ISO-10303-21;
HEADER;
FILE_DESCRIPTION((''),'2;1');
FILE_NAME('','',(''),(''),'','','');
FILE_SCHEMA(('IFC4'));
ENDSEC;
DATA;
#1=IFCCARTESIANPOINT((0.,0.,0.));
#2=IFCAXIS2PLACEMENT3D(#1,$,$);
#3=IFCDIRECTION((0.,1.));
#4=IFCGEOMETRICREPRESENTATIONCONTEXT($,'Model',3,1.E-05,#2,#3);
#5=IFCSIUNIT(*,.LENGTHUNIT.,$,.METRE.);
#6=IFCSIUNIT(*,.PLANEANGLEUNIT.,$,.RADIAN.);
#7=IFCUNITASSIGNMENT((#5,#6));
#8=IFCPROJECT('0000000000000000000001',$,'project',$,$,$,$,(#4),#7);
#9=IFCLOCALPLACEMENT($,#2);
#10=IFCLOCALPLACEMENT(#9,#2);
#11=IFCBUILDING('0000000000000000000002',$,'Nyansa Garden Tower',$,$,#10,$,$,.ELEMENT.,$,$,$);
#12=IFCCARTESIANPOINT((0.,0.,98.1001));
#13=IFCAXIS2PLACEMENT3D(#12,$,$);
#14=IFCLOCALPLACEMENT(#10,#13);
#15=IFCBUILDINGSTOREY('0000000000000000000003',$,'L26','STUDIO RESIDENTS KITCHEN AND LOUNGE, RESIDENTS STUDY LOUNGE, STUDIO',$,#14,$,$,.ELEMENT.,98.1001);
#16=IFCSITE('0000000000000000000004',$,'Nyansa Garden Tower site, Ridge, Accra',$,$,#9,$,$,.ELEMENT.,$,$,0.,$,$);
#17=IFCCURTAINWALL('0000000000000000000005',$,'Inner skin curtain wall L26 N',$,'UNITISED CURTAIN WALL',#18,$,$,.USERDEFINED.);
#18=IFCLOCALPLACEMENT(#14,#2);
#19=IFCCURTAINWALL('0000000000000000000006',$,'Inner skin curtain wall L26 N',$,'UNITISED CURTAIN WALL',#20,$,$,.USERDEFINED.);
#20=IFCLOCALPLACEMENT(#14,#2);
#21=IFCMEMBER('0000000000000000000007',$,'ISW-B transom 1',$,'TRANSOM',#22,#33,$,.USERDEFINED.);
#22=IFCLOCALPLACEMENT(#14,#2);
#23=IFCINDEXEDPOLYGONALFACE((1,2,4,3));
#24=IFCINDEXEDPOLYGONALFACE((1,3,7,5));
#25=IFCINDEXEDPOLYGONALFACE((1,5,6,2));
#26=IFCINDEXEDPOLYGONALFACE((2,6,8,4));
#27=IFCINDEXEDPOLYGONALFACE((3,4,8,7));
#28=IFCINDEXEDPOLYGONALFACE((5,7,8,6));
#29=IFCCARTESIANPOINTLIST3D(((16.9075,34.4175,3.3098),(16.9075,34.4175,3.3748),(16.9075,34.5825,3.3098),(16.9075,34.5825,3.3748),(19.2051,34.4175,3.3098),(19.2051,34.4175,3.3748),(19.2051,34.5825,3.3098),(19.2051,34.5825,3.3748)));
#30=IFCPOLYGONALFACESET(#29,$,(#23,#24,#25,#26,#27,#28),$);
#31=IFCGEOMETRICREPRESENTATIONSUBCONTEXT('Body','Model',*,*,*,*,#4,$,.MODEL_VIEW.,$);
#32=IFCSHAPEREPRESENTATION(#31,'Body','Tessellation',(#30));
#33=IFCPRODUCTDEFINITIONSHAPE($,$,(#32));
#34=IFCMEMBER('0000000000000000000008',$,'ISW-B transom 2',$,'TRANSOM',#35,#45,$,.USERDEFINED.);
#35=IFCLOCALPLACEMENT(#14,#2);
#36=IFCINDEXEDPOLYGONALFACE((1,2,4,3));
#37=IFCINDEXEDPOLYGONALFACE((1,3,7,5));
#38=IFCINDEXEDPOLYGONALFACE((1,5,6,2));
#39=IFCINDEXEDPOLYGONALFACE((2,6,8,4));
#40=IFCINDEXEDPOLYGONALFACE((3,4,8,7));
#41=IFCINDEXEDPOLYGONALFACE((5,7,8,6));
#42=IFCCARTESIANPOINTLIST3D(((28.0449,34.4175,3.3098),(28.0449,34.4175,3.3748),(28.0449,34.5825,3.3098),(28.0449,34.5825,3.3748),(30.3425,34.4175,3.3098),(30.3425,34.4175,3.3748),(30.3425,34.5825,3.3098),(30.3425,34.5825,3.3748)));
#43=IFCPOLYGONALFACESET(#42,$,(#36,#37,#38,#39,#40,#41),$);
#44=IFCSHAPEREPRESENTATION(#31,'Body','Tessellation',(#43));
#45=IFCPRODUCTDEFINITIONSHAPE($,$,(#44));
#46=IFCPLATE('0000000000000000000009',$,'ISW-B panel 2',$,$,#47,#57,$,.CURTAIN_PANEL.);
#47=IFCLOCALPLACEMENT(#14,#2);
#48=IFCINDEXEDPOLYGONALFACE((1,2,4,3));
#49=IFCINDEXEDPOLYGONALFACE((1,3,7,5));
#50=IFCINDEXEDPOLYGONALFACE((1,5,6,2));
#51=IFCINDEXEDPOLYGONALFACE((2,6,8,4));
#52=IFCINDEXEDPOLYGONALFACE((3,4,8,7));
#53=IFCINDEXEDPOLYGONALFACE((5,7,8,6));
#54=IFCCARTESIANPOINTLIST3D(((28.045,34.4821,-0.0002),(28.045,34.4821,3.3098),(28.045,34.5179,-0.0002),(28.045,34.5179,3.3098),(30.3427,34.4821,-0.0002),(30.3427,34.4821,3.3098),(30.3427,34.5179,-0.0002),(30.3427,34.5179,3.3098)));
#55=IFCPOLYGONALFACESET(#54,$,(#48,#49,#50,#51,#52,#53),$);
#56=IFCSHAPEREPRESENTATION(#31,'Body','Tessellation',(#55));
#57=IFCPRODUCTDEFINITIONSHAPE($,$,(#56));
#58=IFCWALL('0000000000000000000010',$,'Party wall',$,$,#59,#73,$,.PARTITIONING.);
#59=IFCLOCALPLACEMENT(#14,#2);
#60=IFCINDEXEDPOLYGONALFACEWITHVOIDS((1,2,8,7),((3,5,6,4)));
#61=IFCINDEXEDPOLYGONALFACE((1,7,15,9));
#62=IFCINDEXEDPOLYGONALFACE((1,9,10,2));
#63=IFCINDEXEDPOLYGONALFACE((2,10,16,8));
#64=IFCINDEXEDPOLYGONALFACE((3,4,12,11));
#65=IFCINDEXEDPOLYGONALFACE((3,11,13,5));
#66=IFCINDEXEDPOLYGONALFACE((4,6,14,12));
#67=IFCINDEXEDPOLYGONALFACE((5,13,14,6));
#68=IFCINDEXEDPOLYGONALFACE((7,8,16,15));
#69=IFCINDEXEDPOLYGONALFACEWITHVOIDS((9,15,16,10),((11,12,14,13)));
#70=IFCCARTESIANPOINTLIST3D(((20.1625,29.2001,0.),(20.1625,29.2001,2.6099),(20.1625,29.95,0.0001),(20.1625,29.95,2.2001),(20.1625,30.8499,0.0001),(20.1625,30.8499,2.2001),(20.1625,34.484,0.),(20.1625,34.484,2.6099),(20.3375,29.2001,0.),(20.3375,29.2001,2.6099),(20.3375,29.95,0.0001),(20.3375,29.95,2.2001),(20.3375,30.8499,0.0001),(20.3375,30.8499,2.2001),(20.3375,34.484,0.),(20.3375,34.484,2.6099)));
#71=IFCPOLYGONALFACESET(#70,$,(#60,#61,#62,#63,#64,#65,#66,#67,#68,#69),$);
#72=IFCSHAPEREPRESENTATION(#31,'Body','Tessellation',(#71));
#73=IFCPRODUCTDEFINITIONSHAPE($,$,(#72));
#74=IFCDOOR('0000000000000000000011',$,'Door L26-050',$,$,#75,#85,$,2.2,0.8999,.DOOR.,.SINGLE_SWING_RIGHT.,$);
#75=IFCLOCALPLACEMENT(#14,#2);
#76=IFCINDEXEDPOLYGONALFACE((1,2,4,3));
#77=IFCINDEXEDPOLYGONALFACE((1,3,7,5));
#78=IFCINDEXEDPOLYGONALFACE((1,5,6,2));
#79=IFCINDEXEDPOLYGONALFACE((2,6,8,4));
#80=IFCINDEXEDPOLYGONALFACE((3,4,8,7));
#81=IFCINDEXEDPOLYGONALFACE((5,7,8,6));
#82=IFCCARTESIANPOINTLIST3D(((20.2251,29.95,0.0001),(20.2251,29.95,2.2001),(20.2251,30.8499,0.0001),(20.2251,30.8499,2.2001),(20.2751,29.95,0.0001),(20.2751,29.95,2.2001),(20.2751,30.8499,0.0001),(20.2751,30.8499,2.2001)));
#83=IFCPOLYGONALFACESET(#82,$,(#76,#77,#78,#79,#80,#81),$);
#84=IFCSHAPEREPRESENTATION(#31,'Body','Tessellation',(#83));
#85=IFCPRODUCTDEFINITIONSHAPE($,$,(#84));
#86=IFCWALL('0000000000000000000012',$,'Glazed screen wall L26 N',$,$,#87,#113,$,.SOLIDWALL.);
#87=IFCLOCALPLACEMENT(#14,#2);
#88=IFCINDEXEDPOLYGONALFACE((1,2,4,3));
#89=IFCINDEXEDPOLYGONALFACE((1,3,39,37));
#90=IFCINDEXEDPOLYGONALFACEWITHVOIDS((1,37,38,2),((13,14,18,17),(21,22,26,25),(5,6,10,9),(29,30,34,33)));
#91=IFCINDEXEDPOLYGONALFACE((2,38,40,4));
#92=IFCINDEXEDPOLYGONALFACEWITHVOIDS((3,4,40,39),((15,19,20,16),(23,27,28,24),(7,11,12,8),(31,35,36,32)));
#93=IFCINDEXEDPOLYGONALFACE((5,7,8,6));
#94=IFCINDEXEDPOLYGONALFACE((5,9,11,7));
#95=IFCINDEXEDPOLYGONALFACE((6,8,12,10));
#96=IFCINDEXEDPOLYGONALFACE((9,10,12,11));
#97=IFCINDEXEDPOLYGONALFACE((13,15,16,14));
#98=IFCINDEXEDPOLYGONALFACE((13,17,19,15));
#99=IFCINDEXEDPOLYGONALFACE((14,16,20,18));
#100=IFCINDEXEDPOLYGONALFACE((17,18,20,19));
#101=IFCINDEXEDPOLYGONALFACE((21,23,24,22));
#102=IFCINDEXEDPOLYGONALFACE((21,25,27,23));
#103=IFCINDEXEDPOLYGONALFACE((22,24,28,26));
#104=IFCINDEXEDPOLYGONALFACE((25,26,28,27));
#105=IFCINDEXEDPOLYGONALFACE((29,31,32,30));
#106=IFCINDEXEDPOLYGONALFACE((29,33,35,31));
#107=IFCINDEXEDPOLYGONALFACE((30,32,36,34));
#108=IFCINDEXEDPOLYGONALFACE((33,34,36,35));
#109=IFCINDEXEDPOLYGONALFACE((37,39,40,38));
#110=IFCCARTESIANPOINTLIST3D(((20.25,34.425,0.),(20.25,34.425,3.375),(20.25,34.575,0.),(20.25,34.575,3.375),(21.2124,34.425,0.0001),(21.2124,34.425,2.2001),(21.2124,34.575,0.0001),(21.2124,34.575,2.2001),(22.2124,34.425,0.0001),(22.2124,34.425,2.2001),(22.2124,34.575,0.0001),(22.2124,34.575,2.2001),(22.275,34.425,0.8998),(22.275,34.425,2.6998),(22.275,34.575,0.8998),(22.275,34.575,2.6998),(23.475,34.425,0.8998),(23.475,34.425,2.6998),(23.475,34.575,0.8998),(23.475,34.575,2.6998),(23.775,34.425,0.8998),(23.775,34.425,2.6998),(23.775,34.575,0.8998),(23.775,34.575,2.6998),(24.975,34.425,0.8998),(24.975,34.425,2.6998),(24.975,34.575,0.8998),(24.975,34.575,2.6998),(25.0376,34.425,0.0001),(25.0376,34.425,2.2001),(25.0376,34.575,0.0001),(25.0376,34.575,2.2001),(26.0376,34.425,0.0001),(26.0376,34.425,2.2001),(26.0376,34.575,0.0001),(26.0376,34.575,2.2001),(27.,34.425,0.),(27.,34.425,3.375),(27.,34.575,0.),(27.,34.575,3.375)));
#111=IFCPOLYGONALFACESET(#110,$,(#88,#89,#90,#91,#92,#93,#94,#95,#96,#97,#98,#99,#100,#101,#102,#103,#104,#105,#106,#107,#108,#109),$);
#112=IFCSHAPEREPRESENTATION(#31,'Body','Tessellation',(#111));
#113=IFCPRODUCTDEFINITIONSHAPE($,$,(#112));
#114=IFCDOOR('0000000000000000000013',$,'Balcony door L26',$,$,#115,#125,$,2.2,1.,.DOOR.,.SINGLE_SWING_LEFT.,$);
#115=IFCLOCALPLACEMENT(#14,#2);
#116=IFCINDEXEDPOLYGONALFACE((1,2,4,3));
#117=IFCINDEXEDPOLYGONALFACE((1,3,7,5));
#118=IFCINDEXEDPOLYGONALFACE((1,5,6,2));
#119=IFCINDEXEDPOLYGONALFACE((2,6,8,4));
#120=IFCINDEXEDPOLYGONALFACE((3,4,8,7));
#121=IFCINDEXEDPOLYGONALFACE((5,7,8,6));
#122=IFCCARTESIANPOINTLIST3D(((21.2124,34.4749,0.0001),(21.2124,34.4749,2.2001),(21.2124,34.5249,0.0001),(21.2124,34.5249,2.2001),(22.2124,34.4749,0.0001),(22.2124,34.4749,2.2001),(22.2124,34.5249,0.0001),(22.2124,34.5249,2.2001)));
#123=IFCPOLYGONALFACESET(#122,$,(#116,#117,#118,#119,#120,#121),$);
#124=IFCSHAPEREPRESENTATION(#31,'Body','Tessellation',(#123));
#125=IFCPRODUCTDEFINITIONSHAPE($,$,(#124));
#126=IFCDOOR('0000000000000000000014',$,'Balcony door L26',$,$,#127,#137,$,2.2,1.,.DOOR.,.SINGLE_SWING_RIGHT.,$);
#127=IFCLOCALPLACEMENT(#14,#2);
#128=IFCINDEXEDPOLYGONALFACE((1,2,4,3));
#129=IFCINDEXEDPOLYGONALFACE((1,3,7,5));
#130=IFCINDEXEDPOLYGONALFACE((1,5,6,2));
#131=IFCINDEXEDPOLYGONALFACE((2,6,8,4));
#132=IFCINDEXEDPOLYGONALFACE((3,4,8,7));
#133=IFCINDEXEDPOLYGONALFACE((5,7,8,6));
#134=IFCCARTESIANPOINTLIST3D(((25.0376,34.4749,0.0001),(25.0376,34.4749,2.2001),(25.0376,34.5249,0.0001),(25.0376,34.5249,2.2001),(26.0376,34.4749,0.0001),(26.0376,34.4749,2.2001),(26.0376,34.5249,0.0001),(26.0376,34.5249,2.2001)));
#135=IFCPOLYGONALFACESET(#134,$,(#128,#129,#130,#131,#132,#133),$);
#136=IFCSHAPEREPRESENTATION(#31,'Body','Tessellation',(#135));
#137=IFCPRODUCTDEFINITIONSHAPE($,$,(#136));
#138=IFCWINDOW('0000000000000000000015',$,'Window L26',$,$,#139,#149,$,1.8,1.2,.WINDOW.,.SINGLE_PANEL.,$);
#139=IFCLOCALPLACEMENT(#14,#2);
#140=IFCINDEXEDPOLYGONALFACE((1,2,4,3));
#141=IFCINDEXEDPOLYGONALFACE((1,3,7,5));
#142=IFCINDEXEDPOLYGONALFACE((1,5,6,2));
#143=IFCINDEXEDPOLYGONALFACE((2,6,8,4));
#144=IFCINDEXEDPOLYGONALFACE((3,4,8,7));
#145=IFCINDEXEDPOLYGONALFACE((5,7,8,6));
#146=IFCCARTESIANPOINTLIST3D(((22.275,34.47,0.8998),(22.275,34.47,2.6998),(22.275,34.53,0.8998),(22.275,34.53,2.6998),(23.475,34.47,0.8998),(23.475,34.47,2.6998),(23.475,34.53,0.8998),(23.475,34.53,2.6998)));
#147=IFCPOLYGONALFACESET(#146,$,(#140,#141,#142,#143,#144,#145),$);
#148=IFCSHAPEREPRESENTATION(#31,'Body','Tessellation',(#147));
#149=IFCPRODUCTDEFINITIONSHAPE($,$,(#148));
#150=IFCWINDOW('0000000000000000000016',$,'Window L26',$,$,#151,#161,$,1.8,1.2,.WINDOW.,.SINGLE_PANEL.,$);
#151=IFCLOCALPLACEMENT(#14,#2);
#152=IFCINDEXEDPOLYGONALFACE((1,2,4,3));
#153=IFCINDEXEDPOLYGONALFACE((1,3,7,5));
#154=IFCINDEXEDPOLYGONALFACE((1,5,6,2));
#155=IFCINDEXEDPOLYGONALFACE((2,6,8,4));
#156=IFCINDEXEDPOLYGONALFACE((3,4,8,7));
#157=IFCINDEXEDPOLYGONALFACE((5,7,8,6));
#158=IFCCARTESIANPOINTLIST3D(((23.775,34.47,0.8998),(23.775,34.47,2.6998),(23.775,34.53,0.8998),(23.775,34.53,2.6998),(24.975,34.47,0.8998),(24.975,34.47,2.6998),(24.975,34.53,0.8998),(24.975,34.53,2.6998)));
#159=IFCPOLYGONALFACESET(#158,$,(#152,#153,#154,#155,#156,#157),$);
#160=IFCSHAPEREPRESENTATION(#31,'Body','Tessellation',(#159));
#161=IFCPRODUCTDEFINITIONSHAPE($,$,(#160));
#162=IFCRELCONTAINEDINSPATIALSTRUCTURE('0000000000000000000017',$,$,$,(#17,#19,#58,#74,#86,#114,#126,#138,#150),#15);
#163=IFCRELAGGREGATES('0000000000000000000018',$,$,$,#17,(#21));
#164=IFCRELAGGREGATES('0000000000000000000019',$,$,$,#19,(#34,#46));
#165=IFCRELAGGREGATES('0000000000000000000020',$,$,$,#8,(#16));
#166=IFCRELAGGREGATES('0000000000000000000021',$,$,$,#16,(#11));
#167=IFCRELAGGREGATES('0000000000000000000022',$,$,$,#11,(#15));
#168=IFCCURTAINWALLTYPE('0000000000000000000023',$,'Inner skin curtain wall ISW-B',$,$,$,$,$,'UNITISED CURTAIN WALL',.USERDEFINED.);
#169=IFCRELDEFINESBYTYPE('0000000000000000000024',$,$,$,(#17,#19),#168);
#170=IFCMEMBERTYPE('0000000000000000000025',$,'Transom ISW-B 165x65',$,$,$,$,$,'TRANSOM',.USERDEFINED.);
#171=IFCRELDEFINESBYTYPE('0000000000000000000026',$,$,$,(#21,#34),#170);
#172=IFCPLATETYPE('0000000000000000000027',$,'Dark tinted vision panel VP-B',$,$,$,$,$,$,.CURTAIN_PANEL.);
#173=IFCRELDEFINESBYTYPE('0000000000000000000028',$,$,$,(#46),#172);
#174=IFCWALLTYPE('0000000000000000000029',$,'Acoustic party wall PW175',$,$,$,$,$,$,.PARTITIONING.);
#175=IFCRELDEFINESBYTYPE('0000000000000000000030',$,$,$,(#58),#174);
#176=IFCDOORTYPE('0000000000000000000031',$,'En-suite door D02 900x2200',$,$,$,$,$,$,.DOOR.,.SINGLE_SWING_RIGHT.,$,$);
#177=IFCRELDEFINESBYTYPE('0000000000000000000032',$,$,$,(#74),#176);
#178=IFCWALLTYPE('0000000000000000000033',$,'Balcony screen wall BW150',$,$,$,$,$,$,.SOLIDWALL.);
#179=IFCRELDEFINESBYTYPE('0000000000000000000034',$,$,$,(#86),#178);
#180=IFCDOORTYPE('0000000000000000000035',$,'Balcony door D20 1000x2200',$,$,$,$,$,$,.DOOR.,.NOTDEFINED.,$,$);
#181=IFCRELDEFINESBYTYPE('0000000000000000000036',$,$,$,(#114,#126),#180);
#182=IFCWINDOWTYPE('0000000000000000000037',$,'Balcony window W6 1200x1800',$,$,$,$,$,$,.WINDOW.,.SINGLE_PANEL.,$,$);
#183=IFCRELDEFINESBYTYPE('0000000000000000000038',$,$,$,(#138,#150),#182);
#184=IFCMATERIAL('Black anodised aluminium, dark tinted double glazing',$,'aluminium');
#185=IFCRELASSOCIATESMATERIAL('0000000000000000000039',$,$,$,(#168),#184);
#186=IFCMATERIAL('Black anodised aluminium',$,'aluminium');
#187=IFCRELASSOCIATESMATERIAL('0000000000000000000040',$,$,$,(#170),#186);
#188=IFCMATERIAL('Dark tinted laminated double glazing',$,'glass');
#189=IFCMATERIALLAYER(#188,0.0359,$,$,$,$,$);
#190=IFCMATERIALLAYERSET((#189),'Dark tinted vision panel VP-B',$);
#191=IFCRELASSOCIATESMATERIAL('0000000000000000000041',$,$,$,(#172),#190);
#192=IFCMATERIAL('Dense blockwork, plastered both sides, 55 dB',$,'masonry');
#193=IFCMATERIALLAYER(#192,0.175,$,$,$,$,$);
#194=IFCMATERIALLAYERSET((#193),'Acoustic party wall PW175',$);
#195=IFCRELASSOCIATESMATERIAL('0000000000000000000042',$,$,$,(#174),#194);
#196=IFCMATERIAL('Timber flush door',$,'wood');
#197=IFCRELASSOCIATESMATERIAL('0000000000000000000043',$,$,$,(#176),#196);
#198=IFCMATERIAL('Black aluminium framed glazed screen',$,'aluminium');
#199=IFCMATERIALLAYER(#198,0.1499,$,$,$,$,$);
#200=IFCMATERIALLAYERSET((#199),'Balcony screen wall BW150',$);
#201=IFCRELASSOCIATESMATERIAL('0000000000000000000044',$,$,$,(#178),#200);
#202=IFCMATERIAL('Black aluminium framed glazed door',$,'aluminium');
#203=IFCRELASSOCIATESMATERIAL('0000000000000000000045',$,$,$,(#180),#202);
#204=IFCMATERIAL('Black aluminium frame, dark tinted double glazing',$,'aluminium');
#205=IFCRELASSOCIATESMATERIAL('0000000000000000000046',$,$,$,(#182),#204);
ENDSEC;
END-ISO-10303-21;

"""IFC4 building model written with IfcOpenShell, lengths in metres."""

from ifc_helpers import new_model, si_unit, direction, frame, frame_2d, origin, origin_2d, place, context, subcontext, project, spatial, rectangle, extrude, material, layer, layer_set, material_profile, profile_set, type_object, element, fill, aggregate, save


model = new_model("IFC4")

# Units and contexts
model_context = context("Model", 3, precision=1e-05, world=origin(), true_north=direction((0.0, 1.0)))
body_context = subcontext(model_context, "Body", "Model", "MODEL_VIEW")
ifc_project = project(units=[si_unit("LENGTHUNIT", "METRE"), si_unit("PLANEANGLEUNIT", "RADIAN")], contexts=[model_context])

# Site, building, storey
site_placement = place(None, origin())
site = spatial("IfcSite", under=ifc_project, at=site_placement, Name="Nyansa Garden Tower site, Ridge, Accra", CompositionType="ELEMENT", RefElevation=0.0)
building_placement = place(site_placement, origin())
building = spatial("IfcBuilding", under=site, at=building_placement, Name="Nyansa Garden Tower", CompositionType="ELEMENT")
storey_placement = place(building_placement, frame((0.0, 0.0, 98.1001)))
storey = spatial("IfcBuildingStorey", under=building, at=storey_placement, Name="L26", Description="STUDIO RESIDENTS KITCHEN AND LOUNGE, RESIDENTS STUDY LOUNGE, STUDIO", CompositionType="ELEMENT", Elevation=98.1001)

# Curtain wall
ifc_material_1 = material(Name="Black anodised aluminium, dark tinted double glazing", Category="aluminium")
curtain_wall_type = type_object("IfcCurtainWallType", Name="Inner skin curtain wall ISW-B", ElementType="UNITISED CURTAIN WALL", PredefinedType="USERDEFINED", material=ifc_material_1)
curtain_wall_1_placement = place(storey_placement, origin())
curtain_wall_1 = element("IfcCurtainWall", 1, at=curtain_wall_1_placement, inside=storey, type_object=curtain_wall_type, Name="Inner skin curtain wall L26 N", ObjectType="UNITISED CURTAIN WALL", PredefinedType="USERDEFINED")

# Curtain wall
curtain_wall_2_placement = place(storey_placement, origin())
curtain_wall_2 = element("IfcCurtainWall", 2, at=curtain_wall_2_placement, inside=storey, type_object=curtain_wall_type, Name="Inner skin curtain wall L26 N", ObjectType="UNITISED CURTAIN WALL", PredefinedType="USERDEFINED")

# Members
ifc_material_2 = material(Name="Black anodised aluminium", Category="aluminium")
ifc_material_profile_1 = material_profile(ifc_material_2, rectangle(XDim=0.165, YDim=0.0649, at=origin_2d()), Name="Transom 165x65")
ifc_profile_set_1 = profile_set([ifc_material_profile_1], Name="Black anodised aluminium")
member_type_1 = type_object("IfcMemberType", Name="Transom ISW-B 165x65", ElementType="TRANSOM", PredefinedType="USERDEFINED", material=ifc_profile_set_1)
member_1_placement = place(storey_placement, frame((19.2051, 34.5, 3.3423), z_axis=(-1.0, 0.0, 0.0), x_axis=(0.0, -1.0, 0.0)))
member_1 = element("IfcMember", 3, at=member_1_placement, type_object=member_type_1, Name="ISW-B transom 1", ObjectType="TRANSOM", PredefinedType="USERDEFINED", context=body_context, shape_type="SweptSolid", body=[
    extrude(rectangle(XDim=0.165, YDim=0.0649, at=origin_2d()), origin(), (0.0, 0.0, 1.0), 2.2976),
])
aggregate(curtain_wall_1, [member_1])
member_2_placement = place(storey_placement, frame((30.3425, 34.5, 3.3423), z_axis=(-1.0, 0.0, 0.0), x_axis=(0.0, -1.0, 0.0)))
member_2 = element("IfcMember", 4, at=member_2_placement, type_object=member_type_1, Name="ISW-B transom 2", ObjectType="TRANSOM", PredefinedType="USERDEFINED", context=body_context, shape_type="SweptSolid", body=[
    extrude(rectangle(XDim=0.165, YDim=0.0649, at=origin_2d()), origin(), (0.0, 0.0, 1.0), 2.2976),
])

# Plate
ifc_material_3 = material(Name="Dark tinted laminated double glazing", Category="glass")
ifc_layer_1 = layer(ifc_material_3, 0.0359)
ifc_layer_set_1 = layer_set([ifc_layer_1], Name="Dark tinted vision panel VP-B")
plate_type = type_object("IfcPlateType", Name="Dark tinted vision panel VP-B", PredefinedType="CURTAIN_PANEL", material=ifc_layer_set_1)
plate_placement = place(storey_placement, frame((29.1938, 34.5, -0.0002), z_axis=(0.0, 0.0, 1.0), x_axis=(-1.0, 0.0, 0.0)))
plate = element("IfcPlate", 5, at=plate_placement, type_object=plate_type, Name="ISW-B panel 2", PredefinedType="CURTAIN_PANEL", context=body_context, shape_type="SweptSolid", body=[
    extrude(rectangle(XDim=2.2976, YDim=0.0359, at=origin_2d()), origin(), (0.0, 0.0, 1.0), 3.3101),
])
aggregate(curtain_wall_2, [member_2, plate])

# Wall, opening, door
ifc_material_4 = material(Name="Dense blockwork, plastered both sides, 55 dB", Category="masonry")
ifc_layer_2 = layer(ifc_material_4, 0.175)
ifc_layer_set_2 = layer_set([ifc_layer_2], Name="Acoustic party wall PW175")
wall_type_1 = type_object("IfcWallType", Name="Acoustic party wall PW175", PredefinedType="PARTITIONING", material=ifc_layer_set_2)
wall_1_placement = place(storey_placement, frame((20.25, 29.2, 0.0), z_axis=(0.0, 0.0, 1.0), x_axis=(0.0, 1.0, 0.0)))
wall_1 = element("IfcWall", 6, at=wall_1_placement, inside=storey, type_object=wall_type_1, Name="Party wall", PredefinedType="PARTITIONING", context=body_context, shape_type="SweptSolid", body=[
    extrude(rectangle(XDim=5.2839, YDim=0.175, at=frame_2d((2.6421, 0.0))), origin(), (0.0, 0.0, 1.0), 2.6099),
])
opening_1_placement = place(wall_1_placement, frame((0.75, 0.0, 0.0)))
opening_1 = element("IfcOpeningElement", 7, at=opening_1_placement, cuts=wall_1, PredefinedType="OPENING", context=body_context, shape_type="SweptSolid", body=[
    extrude(rectangle(XDim=0.8999, YDim=2.2, at=frame_2d((0.45, 1.1001))), frame((0.0, 0.0974, 0.0), z_axis=(0.0, -1.0, 0.0), x_axis=(1.0, 0.0, 0.0)), (0.0, 0.0, 1.0), 0.1951),
])
ifc_material_5 = material(Name="Timber flush door", Category="wood")
door_type_1 = type_object("IfcDoorType", Name="En-suite door D02 900x2200", OperationType="SINGLE_SWING_RIGHT", PredefinedType="DOOR", material=ifc_material_5)
door_1_placement = place(opening_1_placement, origin())
door_1 = element("IfcDoor", 8, at=door_1_placement, inside=storey, type_object=door_type_1, Name="Door L26-050", OperationType="SINGLE_SWING_RIGHT", OverallHeight=2.2, OverallWidth=0.8999, PredefinedType="DOOR", context=body_context, shape_type="SweptSolid", body=[
    extrude(rectangle(XDim=0.8999, YDim=2.2, at=frame_2d((0.45, 1.1001))), frame((0.0, 0.0249, 0.0), z_axis=(0.0, -1.0, 0.0), x_axis=(1.0, 0.0, 0.0)), (0.0, 0.0, 1.0), 0.05),
])
fill(opening_1, door_1)

# Wall, openings, doors, windows
ifc_material_6 = material(Name="Black aluminium framed glazed screen", Category="aluminium")
ifc_layer_3 = layer(ifc_material_6, 0.1499)
ifc_layer_set_3 = layer_set([ifc_layer_3], Name="Balcony screen wall BW150")
wall_type_2 = type_object("IfcWallType", Name="Balcony screen wall BW150", PredefinedType="SOLIDWALL", material=ifc_layer_set_3)
wall_2_placement = place(storey_placement, frame((20.25, 34.5, 0.0), z_axis=(0.0, 0.0, 1.0), x_axis=(1.0, 0.0, 0.0)))
wall_2 = element("IfcWall", 9, at=wall_2_placement, inside=storey, type_object=wall_type_2, Name="Glazed screen wall L26 N", PredefinedType="SOLIDWALL", context=body_context, shape_type="SweptSolid", body=[
    extrude(rectangle(XDim=6.75, YDim=0.1499, at=frame_2d((3.375, 0.0))), origin(), (0.0, 0.0, 1.0), 3.375),
])
opening_2_placement = place(wall_2_placement, frame((0.9624, 0.0, 0.0)))
opening_2 = element("IfcOpeningElement", 10, at=opening_2_placement, cuts=wall_2, PredefinedType="OPENING", context=body_context, shape_type="SweptSolid", body=[
    extrude(rectangle(XDim=1.0, YDim=2.2, at=frame_2d((0.5, 1.1001))), frame((0.0, 0.085, 0.0), z_axis=(0.0, -1.0, 0.0), x_axis=(1.0, 0.0, 0.0)), (0.0, 0.0, 1.0), 0.1699),
])
opening_3_placement = place(wall_2_placement, frame((2.0249, 0.0, 0.8999)))
opening_3 = element("IfcOpeningElement", 11, at=opening_3_placement, cuts=wall_2, PredefinedType="OPENING", context=body_context, shape_type="SweptSolid", body=[
    extrude(rectangle(XDim=1.2, YDim=1.8, at=frame_2d((0.6001, 0.8999))), frame((0.0, 0.085, 0.0), z_axis=(0.0, -1.0, 0.0), x_axis=(1.0, 0.0, 0.0)), (0.0, 0.0, 1.0), 0.1699),
])
opening_4_placement = place(wall_2_placement, frame((4.7876, 0.0, 0.0)))
opening_4 = element("IfcOpeningElement", 12, at=opening_4_placement, cuts=wall_2, PredefinedType="OPENING", context=body_context, shape_type="SweptSolid", body=[
    extrude(rectangle(XDim=1.0, YDim=2.2, at=frame_2d((0.5, 1.1001))), frame((0.0, 0.085, 0.0), z_axis=(0.0, -1.0, 0.0), x_axis=(1.0, 0.0, 0.0)), (0.0, 0.0, 1.0), 0.1699),
])
opening_5_placement = place(wall_2_placement, frame((3.5249, 0.0, 0.8999)))
opening_5 = element("IfcOpeningElement", 13, at=opening_5_placement, cuts=wall_2, PredefinedType="OPENING", context=body_context, shape_type="SweptSolid", body=[
    extrude(rectangle(XDim=1.2, YDim=1.8, at=frame_2d((0.6001, 0.8999))), frame((0.0, 0.085, 0.0), z_axis=(0.0, -1.0, 0.0), x_axis=(1.0, 0.0, 0.0)), (0.0, 0.0, 1.0), 0.1699),
])
ifc_material_7 = material(Name="Black aluminium framed glazed door", Category="aluminium")
door_type_2 = type_object("IfcDoorType", Name="Balcony door D20 1000x2200", OperationType="NOTDEFINED", PredefinedType="DOOR", material=ifc_material_7)
door_2_placement = place(opening_2_placement, origin())
door_2 = element("IfcDoor", 14, at=door_2_placement, inside=storey, type_object=door_type_2, Name="Balcony door L26", OperationType="SINGLE_SWING_LEFT", OverallHeight=2.2, OverallWidth=1.0, PredefinedType="DOOR", context=body_context, shape_type="SweptSolid", body=[
    extrude(rectangle(XDim=1.0, YDim=2.2, at=frame_2d((0.5, 1.1001))), frame((0.0, 0.0249, 0.0), z_axis=(0.0, -1.0, 0.0), x_axis=(1.0, 0.0, 0.0)), (0.0, 0.0, 1.0), 0.05),
])
fill(opening_2, door_2)
door_3_placement = place(opening_4_placement, origin())
door_3 = element("IfcDoor", 15, at=door_3_placement, inside=storey, type_object=door_type_2, Name="Balcony door L26", OperationType="SINGLE_SWING_RIGHT", OverallHeight=2.2, OverallWidth=1.0, PredefinedType="DOOR", context=body_context, shape_type="SweptSolid", body=[
    extrude(rectangle(XDim=1.0, YDim=2.2, at=frame_2d((0.5, 1.1001))), frame((0.0, 0.0249, 0.0), z_axis=(0.0, -1.0, 0.0), x_axis=(1.0, 0.0, 0.0)), (0.0, 0.0, 1.0), 0.05),
])
fill(opening_4, door_3)
ifc_material_8 = material(Name="Black aluminium frame, dark tinted double glazing", Category="aluminium")
window_type = type_object("IfcWindowType", Name="Balcony window W6 1200x1800", PartitioningType="SINGLE_PANEL", PredefinedType="WINDOW", material=ifc_material_8)
window_1_placement = place(opening_3_placement, origin())
window_1 = element("IfcWindow", 16, at=window_1_placement, inside=storey, type_object=window_type, Name="Window L26", OverallHeight=1.8, OverallWidth=1.2, PartitioningType="SINGLE_PANEL", PredefinedType="WINDOW", context=body_context, shape_type="SweptSolid", body=[
    extrude(rectangle(XDim=1.2, YDim=1.8, at=frame_2d((0.6001, 0.8999))), frame((0.0, 0.03, 0.0), z_axis=(0.0, -1.0, 0.0), x_axis=(1.0, 0.0, 0.0)), (0.0, 0.0, 1.0), 0.0601),
])
fill(opening_3, window_1)
window_2_placement = place(opening_5_placement, origin())
window_2 = element("IfcWindow", 17, at=window_2_placement, inside=storey, type_object=window_type, Name="Window L26", OverallHeight=1.8, OverallWidth=1.2, PartitioningType="SINGLE_PANEL", PredefinedType="WINDOW", context=body_context, shape_type="SweptSolid", body=[
    extrude(rectangle(XDim=1.2, YDim=1.8, at=frame_2d((0.6001, 0.8999))), frame((0.0, 0.03, 0.0), z_axis=(0.0, -1.0, 0.0), x_axis=(1.0, 0.0, 0.0)), (0.0, 0.0, 1.0), 0.0601),
])
fill(opening_5, window_2)

save(model, "model.ifc")
